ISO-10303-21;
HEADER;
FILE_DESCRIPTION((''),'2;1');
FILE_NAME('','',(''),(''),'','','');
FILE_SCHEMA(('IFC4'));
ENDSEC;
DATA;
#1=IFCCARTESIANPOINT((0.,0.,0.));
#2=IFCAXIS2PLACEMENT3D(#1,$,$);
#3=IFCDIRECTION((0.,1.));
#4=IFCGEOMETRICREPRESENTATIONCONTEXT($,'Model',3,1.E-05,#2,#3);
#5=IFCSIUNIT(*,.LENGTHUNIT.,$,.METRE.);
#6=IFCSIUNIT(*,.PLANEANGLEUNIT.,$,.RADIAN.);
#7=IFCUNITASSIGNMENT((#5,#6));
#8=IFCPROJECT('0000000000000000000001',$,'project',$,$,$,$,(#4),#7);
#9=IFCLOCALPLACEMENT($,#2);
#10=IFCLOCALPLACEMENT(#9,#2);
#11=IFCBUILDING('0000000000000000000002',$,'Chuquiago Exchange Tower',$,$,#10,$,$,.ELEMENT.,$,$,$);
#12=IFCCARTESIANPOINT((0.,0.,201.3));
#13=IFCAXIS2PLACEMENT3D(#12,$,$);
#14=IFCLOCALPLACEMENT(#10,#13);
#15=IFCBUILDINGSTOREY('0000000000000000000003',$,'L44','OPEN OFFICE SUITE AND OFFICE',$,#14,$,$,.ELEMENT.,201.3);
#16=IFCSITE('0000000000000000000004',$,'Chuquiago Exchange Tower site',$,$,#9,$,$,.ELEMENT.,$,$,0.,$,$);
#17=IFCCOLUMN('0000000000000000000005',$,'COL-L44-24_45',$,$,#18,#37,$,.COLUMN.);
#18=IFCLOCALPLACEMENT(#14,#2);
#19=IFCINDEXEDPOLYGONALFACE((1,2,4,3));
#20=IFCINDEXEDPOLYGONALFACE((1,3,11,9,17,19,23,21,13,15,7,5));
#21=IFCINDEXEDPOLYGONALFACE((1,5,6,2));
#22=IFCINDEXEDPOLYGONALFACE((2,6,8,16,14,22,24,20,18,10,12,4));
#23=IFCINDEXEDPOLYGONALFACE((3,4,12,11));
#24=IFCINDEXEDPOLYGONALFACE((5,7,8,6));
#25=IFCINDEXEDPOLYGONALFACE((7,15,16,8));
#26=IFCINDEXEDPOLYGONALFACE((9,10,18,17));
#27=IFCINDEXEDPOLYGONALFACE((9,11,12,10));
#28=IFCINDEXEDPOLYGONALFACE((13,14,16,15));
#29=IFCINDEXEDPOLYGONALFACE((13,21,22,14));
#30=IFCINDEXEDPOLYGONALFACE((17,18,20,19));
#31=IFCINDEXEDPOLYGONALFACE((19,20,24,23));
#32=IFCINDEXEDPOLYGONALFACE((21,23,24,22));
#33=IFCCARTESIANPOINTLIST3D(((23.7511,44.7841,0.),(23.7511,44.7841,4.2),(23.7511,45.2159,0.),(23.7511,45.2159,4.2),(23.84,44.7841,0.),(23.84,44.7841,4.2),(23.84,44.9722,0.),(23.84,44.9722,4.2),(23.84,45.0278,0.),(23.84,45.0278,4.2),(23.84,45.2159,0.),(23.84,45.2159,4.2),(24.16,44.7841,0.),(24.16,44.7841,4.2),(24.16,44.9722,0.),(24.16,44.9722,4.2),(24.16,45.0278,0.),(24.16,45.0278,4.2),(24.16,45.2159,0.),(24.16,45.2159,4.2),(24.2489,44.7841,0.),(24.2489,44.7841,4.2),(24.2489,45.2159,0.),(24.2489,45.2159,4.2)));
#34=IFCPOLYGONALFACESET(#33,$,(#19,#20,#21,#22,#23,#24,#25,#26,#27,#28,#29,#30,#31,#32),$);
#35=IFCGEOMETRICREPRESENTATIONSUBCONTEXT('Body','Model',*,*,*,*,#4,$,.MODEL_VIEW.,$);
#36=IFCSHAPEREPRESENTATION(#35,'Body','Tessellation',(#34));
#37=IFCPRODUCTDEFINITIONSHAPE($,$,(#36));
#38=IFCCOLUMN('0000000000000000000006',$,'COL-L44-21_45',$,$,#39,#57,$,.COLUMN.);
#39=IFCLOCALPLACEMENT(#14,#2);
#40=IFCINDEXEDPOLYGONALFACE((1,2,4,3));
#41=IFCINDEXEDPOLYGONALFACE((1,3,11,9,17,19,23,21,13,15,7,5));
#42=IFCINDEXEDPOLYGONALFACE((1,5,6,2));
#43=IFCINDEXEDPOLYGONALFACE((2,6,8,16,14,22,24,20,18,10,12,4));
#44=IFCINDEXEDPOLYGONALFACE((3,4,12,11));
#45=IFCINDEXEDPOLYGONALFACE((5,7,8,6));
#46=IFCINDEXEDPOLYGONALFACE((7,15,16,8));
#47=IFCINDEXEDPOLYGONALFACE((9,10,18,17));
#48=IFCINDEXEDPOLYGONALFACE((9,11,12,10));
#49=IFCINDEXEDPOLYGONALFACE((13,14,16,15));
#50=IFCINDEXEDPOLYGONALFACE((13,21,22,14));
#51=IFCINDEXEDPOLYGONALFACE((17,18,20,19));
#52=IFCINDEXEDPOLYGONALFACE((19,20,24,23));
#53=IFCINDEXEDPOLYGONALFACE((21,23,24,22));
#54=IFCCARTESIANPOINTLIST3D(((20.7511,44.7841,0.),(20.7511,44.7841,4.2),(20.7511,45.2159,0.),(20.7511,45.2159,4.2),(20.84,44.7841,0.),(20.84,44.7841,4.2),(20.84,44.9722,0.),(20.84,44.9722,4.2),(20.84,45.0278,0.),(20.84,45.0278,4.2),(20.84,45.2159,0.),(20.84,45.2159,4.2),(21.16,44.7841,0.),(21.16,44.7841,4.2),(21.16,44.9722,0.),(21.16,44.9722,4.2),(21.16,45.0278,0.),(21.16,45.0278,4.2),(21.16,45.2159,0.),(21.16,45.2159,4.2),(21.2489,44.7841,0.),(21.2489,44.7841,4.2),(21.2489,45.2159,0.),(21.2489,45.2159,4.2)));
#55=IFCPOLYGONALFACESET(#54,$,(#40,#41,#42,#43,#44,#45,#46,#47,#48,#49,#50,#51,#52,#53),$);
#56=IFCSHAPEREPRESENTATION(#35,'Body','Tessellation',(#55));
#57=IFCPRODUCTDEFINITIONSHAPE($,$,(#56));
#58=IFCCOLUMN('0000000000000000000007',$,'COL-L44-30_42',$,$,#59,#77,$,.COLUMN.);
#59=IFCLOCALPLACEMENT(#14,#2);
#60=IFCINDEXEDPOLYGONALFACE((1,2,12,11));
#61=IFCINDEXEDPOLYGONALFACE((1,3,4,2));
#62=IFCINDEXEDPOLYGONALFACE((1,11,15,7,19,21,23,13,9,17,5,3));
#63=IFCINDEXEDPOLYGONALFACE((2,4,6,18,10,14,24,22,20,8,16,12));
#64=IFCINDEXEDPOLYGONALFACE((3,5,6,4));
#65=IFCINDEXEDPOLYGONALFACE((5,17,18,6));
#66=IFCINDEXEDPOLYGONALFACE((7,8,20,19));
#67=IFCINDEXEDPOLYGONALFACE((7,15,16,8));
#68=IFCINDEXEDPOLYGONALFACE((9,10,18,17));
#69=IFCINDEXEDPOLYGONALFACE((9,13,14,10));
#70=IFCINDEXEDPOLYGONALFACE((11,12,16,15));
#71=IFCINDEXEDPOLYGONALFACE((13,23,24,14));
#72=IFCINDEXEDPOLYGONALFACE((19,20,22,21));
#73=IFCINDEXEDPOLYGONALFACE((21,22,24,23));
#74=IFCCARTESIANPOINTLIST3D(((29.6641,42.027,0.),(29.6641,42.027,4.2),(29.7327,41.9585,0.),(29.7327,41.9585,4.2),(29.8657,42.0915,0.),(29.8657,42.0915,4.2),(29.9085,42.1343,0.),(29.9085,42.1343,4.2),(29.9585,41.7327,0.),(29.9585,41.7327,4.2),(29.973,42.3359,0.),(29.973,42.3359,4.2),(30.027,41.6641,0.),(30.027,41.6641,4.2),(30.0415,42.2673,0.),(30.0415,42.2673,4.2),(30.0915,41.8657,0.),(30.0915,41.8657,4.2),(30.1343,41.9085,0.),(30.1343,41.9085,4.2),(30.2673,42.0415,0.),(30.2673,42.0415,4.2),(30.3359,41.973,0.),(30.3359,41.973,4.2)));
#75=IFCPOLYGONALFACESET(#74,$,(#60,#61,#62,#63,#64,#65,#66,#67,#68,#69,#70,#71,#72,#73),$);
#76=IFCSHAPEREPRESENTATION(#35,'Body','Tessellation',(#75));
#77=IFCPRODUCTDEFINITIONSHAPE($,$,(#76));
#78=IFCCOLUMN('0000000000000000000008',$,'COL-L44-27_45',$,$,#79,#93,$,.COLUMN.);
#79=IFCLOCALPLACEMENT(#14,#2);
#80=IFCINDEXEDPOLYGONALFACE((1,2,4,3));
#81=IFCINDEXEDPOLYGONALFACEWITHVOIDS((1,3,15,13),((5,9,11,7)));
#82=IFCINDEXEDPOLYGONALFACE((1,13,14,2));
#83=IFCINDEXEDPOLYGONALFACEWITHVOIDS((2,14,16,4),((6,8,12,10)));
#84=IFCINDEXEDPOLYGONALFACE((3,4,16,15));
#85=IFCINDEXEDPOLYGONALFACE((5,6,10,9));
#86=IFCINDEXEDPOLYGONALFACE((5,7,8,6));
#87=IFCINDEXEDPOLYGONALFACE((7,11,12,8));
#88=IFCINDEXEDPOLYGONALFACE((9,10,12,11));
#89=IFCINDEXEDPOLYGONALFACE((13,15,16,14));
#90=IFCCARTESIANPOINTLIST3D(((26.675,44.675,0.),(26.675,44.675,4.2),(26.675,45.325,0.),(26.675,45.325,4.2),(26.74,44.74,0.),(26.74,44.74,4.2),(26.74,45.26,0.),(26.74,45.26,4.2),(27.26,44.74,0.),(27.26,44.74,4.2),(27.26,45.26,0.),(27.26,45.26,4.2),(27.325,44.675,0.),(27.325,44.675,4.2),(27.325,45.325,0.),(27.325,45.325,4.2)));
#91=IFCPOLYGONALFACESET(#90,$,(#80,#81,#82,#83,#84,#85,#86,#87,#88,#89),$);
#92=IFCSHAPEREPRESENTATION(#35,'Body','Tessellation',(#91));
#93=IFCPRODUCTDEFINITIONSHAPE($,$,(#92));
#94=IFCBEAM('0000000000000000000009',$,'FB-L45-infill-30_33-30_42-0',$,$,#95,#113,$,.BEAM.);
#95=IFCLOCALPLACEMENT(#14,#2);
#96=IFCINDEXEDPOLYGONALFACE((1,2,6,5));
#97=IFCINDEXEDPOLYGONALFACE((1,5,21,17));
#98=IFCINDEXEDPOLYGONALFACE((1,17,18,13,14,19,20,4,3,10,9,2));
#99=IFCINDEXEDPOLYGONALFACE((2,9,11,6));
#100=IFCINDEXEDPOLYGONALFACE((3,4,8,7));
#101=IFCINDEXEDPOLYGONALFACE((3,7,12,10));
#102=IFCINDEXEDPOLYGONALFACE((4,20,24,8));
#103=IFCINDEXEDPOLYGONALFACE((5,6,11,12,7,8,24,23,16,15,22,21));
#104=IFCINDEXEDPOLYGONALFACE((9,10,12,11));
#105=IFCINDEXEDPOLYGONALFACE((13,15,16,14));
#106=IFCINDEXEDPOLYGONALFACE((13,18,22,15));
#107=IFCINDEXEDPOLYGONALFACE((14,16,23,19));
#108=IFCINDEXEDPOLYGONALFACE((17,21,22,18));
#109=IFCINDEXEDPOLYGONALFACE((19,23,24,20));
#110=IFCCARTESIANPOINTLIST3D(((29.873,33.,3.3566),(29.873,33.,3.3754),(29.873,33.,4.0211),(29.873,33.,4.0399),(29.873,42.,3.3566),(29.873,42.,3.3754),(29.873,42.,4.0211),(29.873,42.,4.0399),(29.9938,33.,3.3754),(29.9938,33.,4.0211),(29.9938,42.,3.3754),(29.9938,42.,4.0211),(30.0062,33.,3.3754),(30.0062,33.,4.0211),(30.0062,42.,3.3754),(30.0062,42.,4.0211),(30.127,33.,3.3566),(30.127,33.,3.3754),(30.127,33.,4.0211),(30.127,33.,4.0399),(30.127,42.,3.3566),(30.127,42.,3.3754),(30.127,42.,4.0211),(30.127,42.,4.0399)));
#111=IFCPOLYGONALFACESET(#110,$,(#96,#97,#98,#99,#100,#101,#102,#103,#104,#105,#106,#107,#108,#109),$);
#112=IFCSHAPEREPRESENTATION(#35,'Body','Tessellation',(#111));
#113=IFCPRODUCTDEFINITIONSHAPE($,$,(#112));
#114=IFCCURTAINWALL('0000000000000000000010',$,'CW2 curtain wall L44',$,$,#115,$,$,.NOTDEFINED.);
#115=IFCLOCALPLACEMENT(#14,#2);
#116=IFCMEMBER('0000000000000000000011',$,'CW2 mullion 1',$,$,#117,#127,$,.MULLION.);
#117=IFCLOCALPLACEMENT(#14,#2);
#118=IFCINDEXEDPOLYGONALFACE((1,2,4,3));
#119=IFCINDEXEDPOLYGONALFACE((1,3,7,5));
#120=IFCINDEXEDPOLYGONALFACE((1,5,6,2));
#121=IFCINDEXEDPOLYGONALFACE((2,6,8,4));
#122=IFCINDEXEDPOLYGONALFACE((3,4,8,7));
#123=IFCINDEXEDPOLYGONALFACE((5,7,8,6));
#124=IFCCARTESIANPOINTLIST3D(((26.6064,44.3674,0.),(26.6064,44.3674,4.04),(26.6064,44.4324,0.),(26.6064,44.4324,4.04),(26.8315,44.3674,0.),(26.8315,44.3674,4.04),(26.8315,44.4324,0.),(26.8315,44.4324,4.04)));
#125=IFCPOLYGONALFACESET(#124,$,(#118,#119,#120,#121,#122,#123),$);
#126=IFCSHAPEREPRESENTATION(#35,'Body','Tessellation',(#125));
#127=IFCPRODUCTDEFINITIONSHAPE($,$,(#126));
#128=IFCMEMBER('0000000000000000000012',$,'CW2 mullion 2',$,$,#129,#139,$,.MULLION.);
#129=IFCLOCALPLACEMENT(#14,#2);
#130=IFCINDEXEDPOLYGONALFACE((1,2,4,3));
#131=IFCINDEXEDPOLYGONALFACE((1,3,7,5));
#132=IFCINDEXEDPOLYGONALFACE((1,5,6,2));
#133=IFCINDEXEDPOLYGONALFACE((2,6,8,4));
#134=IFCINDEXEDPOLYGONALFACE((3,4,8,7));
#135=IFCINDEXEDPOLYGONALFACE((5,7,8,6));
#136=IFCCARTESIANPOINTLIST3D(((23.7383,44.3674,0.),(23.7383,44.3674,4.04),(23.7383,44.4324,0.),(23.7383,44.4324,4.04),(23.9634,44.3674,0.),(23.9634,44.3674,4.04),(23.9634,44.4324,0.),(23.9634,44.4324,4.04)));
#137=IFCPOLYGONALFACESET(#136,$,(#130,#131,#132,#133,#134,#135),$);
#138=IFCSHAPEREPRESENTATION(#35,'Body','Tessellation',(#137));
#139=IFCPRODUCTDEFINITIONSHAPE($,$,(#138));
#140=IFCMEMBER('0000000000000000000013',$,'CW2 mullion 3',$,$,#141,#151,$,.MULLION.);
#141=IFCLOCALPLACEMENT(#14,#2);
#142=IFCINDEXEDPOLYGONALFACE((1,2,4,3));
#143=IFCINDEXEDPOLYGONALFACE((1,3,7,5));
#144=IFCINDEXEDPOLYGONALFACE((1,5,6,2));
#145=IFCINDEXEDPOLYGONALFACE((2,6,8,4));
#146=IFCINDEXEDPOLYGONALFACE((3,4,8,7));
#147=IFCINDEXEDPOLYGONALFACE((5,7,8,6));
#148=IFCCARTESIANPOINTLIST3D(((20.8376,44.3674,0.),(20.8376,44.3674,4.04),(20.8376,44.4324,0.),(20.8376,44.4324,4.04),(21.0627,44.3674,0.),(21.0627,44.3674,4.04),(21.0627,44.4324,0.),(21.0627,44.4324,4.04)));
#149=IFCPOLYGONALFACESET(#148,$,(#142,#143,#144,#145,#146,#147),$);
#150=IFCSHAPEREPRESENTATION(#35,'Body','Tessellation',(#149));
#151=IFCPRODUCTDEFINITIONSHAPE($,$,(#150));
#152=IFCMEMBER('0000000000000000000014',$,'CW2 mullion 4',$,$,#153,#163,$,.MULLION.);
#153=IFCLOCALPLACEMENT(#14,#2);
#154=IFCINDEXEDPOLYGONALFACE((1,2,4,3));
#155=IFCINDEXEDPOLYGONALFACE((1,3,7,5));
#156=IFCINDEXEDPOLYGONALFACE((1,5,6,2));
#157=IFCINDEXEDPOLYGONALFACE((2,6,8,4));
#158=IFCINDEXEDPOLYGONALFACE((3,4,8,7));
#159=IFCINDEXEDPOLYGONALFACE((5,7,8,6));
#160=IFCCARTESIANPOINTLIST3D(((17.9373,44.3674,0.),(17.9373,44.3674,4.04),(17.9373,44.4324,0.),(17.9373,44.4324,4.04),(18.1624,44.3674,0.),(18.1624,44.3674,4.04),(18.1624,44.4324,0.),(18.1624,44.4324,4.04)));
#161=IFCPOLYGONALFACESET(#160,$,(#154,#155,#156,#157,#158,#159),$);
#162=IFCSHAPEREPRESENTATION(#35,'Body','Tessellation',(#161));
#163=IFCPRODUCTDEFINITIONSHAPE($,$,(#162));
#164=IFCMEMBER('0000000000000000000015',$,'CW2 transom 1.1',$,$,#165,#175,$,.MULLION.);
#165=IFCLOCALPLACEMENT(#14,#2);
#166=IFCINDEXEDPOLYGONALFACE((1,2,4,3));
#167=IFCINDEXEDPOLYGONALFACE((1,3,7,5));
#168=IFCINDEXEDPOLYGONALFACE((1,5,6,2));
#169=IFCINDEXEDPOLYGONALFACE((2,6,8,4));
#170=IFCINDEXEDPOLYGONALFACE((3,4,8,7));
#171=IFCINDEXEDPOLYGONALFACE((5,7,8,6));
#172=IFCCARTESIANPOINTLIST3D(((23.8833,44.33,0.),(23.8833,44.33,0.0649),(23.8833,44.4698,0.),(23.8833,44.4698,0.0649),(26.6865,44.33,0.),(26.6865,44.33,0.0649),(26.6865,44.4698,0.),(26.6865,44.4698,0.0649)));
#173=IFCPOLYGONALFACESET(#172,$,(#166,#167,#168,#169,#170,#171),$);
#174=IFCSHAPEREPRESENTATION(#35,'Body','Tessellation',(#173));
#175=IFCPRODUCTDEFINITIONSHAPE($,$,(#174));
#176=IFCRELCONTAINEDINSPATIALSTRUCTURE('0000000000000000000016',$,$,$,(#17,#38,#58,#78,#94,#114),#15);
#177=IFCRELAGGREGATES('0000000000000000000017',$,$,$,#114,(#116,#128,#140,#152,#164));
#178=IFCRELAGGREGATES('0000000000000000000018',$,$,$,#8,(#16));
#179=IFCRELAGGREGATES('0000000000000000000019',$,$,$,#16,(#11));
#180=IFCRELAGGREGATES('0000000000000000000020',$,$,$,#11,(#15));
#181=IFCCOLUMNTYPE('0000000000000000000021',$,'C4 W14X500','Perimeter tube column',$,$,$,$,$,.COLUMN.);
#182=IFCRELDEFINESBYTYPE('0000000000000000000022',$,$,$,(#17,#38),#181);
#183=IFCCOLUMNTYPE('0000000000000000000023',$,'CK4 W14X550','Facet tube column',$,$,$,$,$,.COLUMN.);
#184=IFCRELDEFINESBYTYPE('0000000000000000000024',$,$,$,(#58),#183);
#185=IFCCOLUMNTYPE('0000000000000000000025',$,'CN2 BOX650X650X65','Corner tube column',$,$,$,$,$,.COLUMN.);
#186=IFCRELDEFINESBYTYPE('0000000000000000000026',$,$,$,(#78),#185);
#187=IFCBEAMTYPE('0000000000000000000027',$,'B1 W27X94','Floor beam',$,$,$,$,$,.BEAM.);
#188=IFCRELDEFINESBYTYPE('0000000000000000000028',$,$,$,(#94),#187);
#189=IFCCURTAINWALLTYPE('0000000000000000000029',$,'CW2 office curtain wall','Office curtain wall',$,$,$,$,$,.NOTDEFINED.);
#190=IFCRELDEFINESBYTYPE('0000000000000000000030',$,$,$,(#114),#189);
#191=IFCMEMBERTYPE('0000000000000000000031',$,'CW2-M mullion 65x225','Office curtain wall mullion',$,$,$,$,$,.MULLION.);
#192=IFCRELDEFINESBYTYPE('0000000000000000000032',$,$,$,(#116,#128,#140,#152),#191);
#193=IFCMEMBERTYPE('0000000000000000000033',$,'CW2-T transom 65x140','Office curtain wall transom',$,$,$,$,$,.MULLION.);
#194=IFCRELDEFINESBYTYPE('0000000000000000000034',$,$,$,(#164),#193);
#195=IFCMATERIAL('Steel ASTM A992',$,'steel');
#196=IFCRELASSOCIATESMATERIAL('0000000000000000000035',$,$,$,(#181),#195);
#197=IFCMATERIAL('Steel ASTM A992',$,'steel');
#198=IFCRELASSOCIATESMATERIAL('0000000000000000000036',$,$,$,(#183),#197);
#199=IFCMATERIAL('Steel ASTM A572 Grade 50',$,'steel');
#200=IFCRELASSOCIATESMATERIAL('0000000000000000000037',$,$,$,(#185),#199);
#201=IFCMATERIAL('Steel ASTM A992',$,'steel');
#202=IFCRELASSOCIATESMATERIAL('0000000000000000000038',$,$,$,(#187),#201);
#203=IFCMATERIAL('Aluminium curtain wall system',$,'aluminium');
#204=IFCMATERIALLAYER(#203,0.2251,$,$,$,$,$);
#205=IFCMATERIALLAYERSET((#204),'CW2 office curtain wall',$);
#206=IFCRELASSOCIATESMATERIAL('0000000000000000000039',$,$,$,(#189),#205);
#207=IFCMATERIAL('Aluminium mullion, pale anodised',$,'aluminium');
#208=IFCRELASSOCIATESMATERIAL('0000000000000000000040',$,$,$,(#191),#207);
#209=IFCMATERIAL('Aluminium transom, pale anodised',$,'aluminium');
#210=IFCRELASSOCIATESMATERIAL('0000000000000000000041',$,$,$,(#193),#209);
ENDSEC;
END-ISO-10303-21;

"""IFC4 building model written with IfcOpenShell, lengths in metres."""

from ifc_helpers import new_model, si_unit, direction, frame, origin, origin_2d, place, context, subcontext, project, spatial, rectangle, hollow_rectangle, i_section, extrude, material, layer, layer_set, material_profile, profile_set, type_object, element, aggregate, save


model = new_model("IFC4")

# Units and contexts
model_context = context("Model", 3, precision=1e-05, world=origin(), true_north=direction((0.0, 1.0)))
body_context = subcontext(model_context, "Body", "Model", "MODEL_VIEW")
ifc_project = project(units=[si_unit("LENGTHUNIT", "METRE"), si_unit("PLANEANGLEUNIT", "RADIAN")], contexts=[model_context])

# Site, building, storey
site_placement = place(None, origin())
site = spatial("IfcSite", under=ifc_project, at=site_placement, Name="Chuquiago Exchange Tower site", CompositionType="ELEMENT", RefElevation=0.0)
building_placement = place(site_placement, origin())
building = spatial("IfcBuilding", under=site, at=building_placement, Name="Chuquiago Exchange Tower", CompositionType="ELEMENT")
storey_placement = place(building_placement, frame((0.0, 0.0, 201.3)))
storey = spatial("IfcBuildingStorey", under=building, at=storey_placement, Name="L44", Description="OPEN OFFICE SUITE AND OFFICE", CompositionType="ELEMENT", Elevation=201.3)

# Columns
ifc_material_1 = material(Name="Steel ASTM A992", Category="steel")
ifc_material_profile_1 = material_profile(ifc_material_1, i_section(OverallWidth=0.4319, OverallDepth=0.4978, WebThickness=0.0557, FlangeThickness=0.0889, at=origin_2d()), Name="W14X500")
ifc_profile_set_1 = profile_set([ifc_material_profile_1], Name="Steel ASTM A992")
column_type_1 = type_object("IfcColumnType", Name="C4 W14X500", Description="Perimeter tube column", PredefinedType="COLUMN", material=ifc_profile_set_1)
for number, where, z_axis, x_axis, name in (
    (1, (24.0, 45.0, 0.0), (0.0, 0.0, 1.0), (0.0, 1.0, 0.0), "COL-L44-24_45"),
    (2, (21.0, 45.0, 0.0), (0.0, 0.0, 1.0), (0.0, 1.0, 0.0), "COL-L44-21_45"),
):
    element("IfcColumn", number, at=place(storey_placement, frame(where, z_axis=z_axis, x_axis=x_axis)), inside=storey, type_object=column_type_1, Name=name, PredefinedType="COLUMN", context=body_context, shape_type="SweptSolid", body=[
        extrude(i_section(OverallWidth=0.4319, OverallDepth=0.4978, WebThickness=0.0557, FlangeThickness=0.0889, at=origin_2d()), origin(), (0.0, 0.0, 1.0), 4.2),
    ])
ifc_material_2 = material(Name="Steel ASTM A992", Category="steel")
ifc_material_profile_2 = material_profile(ifc_material_2, i_section(OverallWidth=0.4368, OverallDepth=0.5132, WebThickness=0.0605, FlangeThickness=0.0969, at=origin_2d()), Name="W14X550")
ifc_profile_set_2 = profile_set([ifc_material_profile_2], Name="Steel ASTM A992")
column_type_2 = type_object("IfcColumnType", Name="CK4 W14X550", Description="Facet tube column", PredefinedType="COLUMN", material=ifc_profile_set_2)
column_1_placement = place(storey_placement, frame((30.0, 42.0, 0.0), z_axis=(0.0, 0.0, 1.0), x_axis=(0.707107, 0.707107, 0.0)))
element("IfcColumn", 3, at=column_1_placement, inside=storey, type_object=column_type_2, Name="COL-L44-30_42", PredefinedType="COLUMN", context=body_context, shape_type="SweptSolid", body=[
    extrude(i_section(OverallWidth=0.4368, OverallDepth=0.5132, WebThickness=0.0605, FlangeThickness=0.0969, at=origin_2d()), origin(), (0.0, 0.0, 1.0), 4.2),
])
ifc_material_3 = material(Name="Steel ASTM A572 Grade 50", Category="steel")
ifc_material_profile_3 = material_profile(ifc_material_3, hollow_rectangle(XDim=0.6499, YDim=0.6499, WallThickness=0.0649, at=origin_2d()), Name="BOX650X650X65")
ifc_profile_set_3 = profile_set([ifc_material_profile_3], Name="Steel ASTM A572 Grade 50")
column_type_3 = type_object("IfcColumnType", Name="CN2 BOX650X650X65", Description="Corner tube column", PredefinedType="COLUMN", material=ifc_profile_set_3)
column_2_placement = place(storey_placement, frame((27.0, 45.0, 0.0), z_axis=(0.0, 0.0, 1.0), x_axis=(0.0, 1.0, 0.0)))
element("IfcColumn", 4, at=column_2_placement, inside=storey, type_object=column_type_3, Name="COL-L44-27_45", PredefinedType="COLUMN", context=body_context, shape_type="SweptSolid", body=[
    extrude(hollow_rectangle(XDim=0.6499, YDim=0.6499, WallThickness=0.0649, at=origin_2d()), origin(), (0.0, 0.0, 1.0), 4.2),
])

# Beam
ifc_material_4 = material(Name="Steel ASTM A992", Category="steel")
ifc_material_profile_4 = material_profile(ifc_material_4, i_section(OverallWidth=0.2539, OverallDepth=0.6833, WebThickness=0.0125, FlangeThickness=0.0188, at=origin_2d()), Name="W27X94")
ifc_profile_set_4 = profile_set([ifc_material_profile_4], Name="Steel ASTM A992")
beam_type_1 = type_object("IfcBeamType", Name="B1 W27X94", Description="Floor beam", PredefinedType="BEAM", material=ifc_profile_set_4)
beam_placement = place(storey_placement, frame((30.0, 33.0, 3.6982), z_axis=(0.0, 1.0, 0.0), x_axis=(-1.0, 0.0, 0.0)))
element("IfcBeam", 5, at=beam_placement, inside=storey, type_object=beam_type_1, Name="FB-L45-infill-30_33-30_42-0", PredefinedType="BEAM", context=body_context, shape_type="SweptSolid", body=[
    extrude(i_section(OverallWidth=0.2539, OverallDepth=0.6833, WebThickness=0.0125, FlangeThickness=0.0188, at=origin_2d()), origin(), (0.0, 0.0, 1.0), 9.0),
])

# Curtain wall, members
ifc_material_5 = material(Name="Aluminium curtain wall system", Category="aluminium")
ifc_layer_1 = layer(ifc_material_5, 0.2251)
ifc_layer_set_1 = layer_set([ifc_layer_1], Name="CW2 office curtain wall")
curtain_wall_type_1 = type_object("IfcCurtainWallType", Name="CW2 office curtain wall", Description="Office curtain wall", PredefinedType="NOTDEFINED", material=ifc_layer_set_1)
curtain_wall_1_placement = place(storey_placement, origin())
curtain_wall_1 = element("IfcCurtainWall", 6, at=curtain_wall_1_placement, inside=storey, type_object=curtain_wall_type_1, Name="CW2 curtain wall L44", PredefinedType="NOTDEFINED")
ifc_material_6 = material(Name="Aluminium mullion, pale anodised", Category="aluminium")
ifc_material_profile_5 = material_profile(ifc_material_6, rectangle(XDim=0.0649, YDim=0.2251, at=origin_2d()), Name="AL 65x225")
ifc_profile_set_5 = profile_set([ifc_material_profile_5], Name="Aluminium mullion, pale anodised")
member_type_1 = type_object("IfcMemberType", Name="CW2-M mullion 65x225", Description="Office curtain wall mullion", PredefinedType="MULLION", material=ifc_profile_set_5)
member_1_placement = place(storey_placement, frame((26.719, 44.3999, 0.0), z_axis=(0.0, 0.0, 1.0), x_axis=(0.0, -1.0, 0.0)))
member_1 = element("IfcMember", 7, at=member_1_placement, type_object=member_type_1, Name="CW2 mullion 1", PredefinedType="MULLION", context=body_context, shape_type="SweptSolid", body=[
    extrude(rectangle(XDim=0.0649, YDim=0.2251, at=origin_2d()), origin(), (0.0, 0.0, 1.0), 4.04),
])
member_2_placement = place(storey_placement, frame((23.8508, 44.3999, 0.0), z_axis=(0.0, 0.0, 1.0), x_axis=(0.0, -1.0, 0.0)))
member_2 = element("IfcMember", 8, at=member_2_placement, type_object=member_type_1, Name="CW2 mullion 2", PredefinedType="MULLION", context=body_context, shape_type="SweptSolid", body=[
    extrude(rectangle(XDim=0.0649, YDim=0.2251, at=origin_2d()), origin(), (0.0, 0.0, 1.0), 4.04),
])
member_3_placement = place(storey_placement, frame((20.9502, 44.3999, 0.0), z_axis=(0.0, 0.0, 1.0), x_axis=(0.0, -1.0, 0.0)))
member_3 = element("IfcMember", 9, at=member_3_placement, type_object=member_type_1, Name="CW2 mullion 3", PredefinedType="MULLION", context=body_context, shape_type="SweptSolid", body=[
    extrude(rectangle(XDim=0.0649, YDim=0.2251, at=origin_2d()), origin(), (0.0, 0.0, 1.0), 4.04),
])
member_4_placement = place(storey_placement, frame((18.0498, 44.3999, 0.0), z_axis=(0.0, 0.0, 1.0), x_axis=(0.0, -1.0, 0.0)))
member_4 = element("IfcMember", 10, at=member_4_placement, type_object=member_type_1, Name="CW2 mullion 4", PredefinedType="MULLION", context=body_context, shape_type="SweptSolid", body=[
    extrude(rectangle(XDim=0.0649, YDim=0.2251, at=origin_2d()), origin(), (0.0, 0.0, 1.0), 4.04),
])
ifc_material_7 = material(Name="Aluminium transom, pale anodised", Category="aluminium")
ifc_material_profile_6 = material_profile(ifc_material_7, rectangle(XDim=0.1399, YDim=0.0649, at=origin_2d()), Name="AL 140x65")
ifc_profile_set_6 = profile_set([ifc_material_profile_6], Name="Aluminium transom, pale anodised")
member_type_2 = type_object("IfcMemberType", Name="CW2-T transom 65x140", Description="Office curtain wall transom", PredefinedType="MULLION", material=ifc_profile_set_6)
member_5_placement = place(storey_placement, frame((26.6865, 44.3999, 0.0325), z_axis=(-1.0, 0.0, 0.0), x_axis=(0.0, -1.0, 0.0)))
member_5 = element("IfcMember", 11, at=member_5_placement, type_object=member_type_2, Name="CW2 transom 1.1", PredefinedType="MULLION", context=body_context, shape_type="SweptSolid", body=[
    extrude(rectangle(XDim=0.1399, YDim=0.0649, at=origin_2d()), origin(), (0.0, 0.0, 1.0), 2.8032),
])

aggregate(curtain_wall_1, [member_1, member_2, member_3, member_4, member_5])

save(model, "model.ifc")
